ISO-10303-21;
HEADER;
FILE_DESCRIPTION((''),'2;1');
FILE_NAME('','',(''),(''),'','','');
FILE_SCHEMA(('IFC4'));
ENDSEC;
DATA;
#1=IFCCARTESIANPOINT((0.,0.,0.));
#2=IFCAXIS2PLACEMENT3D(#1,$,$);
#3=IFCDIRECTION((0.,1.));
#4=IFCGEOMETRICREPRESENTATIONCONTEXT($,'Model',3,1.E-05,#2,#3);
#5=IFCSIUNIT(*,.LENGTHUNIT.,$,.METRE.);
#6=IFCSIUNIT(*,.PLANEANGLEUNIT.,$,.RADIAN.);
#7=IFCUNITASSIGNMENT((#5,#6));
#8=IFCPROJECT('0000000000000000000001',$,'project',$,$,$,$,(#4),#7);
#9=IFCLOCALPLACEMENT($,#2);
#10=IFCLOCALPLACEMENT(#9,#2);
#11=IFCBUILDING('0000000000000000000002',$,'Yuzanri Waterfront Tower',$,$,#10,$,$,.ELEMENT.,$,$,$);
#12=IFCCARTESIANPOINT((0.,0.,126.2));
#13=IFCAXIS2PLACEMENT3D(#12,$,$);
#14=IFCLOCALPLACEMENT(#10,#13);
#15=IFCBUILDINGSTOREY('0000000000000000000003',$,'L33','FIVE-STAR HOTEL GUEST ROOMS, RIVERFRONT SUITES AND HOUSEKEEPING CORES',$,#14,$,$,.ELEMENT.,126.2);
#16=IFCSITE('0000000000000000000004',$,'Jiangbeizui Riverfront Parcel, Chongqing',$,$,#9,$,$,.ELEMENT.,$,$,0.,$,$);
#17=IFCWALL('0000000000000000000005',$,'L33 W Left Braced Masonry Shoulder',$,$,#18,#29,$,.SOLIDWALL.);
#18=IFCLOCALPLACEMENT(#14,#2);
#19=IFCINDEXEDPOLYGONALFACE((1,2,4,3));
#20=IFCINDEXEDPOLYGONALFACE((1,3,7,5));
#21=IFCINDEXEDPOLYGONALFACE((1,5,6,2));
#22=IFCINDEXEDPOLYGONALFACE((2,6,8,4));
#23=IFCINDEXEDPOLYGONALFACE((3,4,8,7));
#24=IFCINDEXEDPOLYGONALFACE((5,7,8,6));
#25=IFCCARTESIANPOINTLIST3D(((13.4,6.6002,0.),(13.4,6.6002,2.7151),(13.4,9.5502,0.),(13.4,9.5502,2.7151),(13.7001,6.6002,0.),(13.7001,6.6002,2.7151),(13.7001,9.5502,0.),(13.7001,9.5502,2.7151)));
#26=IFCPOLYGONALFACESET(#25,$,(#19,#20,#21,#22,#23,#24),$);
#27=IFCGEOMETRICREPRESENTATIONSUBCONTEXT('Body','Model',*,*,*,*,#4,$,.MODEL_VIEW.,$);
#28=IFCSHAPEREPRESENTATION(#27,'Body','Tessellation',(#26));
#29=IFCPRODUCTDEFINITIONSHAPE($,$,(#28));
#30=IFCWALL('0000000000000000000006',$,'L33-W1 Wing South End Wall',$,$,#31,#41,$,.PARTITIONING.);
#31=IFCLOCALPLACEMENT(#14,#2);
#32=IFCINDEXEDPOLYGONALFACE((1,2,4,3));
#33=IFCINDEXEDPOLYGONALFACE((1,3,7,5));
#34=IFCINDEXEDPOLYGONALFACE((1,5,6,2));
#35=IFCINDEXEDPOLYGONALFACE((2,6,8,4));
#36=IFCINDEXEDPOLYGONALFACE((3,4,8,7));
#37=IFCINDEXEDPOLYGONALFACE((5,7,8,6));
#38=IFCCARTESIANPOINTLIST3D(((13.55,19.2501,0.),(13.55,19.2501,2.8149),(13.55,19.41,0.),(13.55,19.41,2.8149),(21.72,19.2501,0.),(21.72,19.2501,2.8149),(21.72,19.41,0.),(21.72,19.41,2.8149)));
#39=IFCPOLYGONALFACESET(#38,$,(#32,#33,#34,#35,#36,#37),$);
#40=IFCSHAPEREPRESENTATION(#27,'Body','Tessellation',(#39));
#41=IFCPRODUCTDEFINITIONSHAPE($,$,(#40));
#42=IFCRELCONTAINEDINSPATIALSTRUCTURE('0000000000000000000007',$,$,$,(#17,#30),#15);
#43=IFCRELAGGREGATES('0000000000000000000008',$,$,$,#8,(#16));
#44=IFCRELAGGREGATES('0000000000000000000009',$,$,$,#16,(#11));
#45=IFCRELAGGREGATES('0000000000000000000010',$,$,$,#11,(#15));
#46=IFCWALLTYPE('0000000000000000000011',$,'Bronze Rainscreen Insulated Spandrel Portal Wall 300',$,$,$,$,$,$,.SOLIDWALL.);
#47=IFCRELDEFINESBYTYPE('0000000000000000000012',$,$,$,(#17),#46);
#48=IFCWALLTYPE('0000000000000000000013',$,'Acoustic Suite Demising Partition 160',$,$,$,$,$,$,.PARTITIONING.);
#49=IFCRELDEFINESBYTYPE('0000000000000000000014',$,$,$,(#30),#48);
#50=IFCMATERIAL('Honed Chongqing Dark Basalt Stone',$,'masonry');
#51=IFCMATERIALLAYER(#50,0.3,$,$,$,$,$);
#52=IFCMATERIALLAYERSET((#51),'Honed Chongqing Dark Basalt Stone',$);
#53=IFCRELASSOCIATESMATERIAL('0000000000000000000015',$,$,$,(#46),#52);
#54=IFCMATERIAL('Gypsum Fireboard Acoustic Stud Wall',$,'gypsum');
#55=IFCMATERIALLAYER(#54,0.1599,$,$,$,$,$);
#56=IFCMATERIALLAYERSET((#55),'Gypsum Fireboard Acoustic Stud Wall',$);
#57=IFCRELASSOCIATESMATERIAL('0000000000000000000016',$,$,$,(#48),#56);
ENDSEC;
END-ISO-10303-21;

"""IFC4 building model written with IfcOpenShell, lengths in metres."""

from ifc_helpers import new_model, si_unit, direction, frame, frame_2d, origin, place, context, subcontext, project, spatial, rectangle, extrude, source, transform, mapped, material, layer, layer_set, type_object, element, save


model = new_model("IFC4")

# Units and contexts
model_context = context("Model", 3, precision=1e-05, world=origin(), true_north=direction((0.0, 1.0)))
body_context = subcontext(model_context, "Body", "Model", "MODEL_VIEW")
ifc_project = project(units=[si_unit("LENGTHUNIT", "METRE"), si_unit("PLANEANGLEUNIT", "RADIAN")], contexts=[model_context])

# Site, building, storey
site_placement = place(None, origin())
site = spatial("IfcSite", under=ifc_project, at=site_placement, Name="Jiangbeizui Riverfront Parcel, Chongqing", CompositionType="ELEMENT", RefElevation=0.0)
building_placement = place(site_placement, origin())
building = spatial("IfcBuilding", under=site, at=building_placement, Name="Yuzanri Waterfront Tower", CompositionType="ELEMENT")
storey_placement = place(building_placement, frame((0.0, 0.0, 126.2)))
storey = spatial("IfcBuildingStorey", under=building, at=storey_placement, Name="L33", Description="FIVE-STAR HOTEL GUEST ROOMS, RIVERFRONT SUITES AND HOUSEKEEPING CORES", CompositionType="ELEMENT", Elevation=126.2)

# Walls
ifc_material_1 = material(Name="Honed Chongqing Dark Basalt Stone", Category="masonry")
ifc_layer_1 = layer(ifc_material_1, 0.3)
ifc_layer_set_1 = layer_set([ifc_layer_1], Name="Honed Chongqing Dark Basalt Stone")
wall_type_1 = type_object("IfcWallType", Name="Bronze Rainscreen Insulated Spandrel Portal Wall 300", PredefinedType="SOLIDWALL", material=ifc_layer_set_1)
shared_shape_1 = source(origin(), body_context, "Body", "SweptSolid", [
    extrude(rectangle(XDim=2.95, YDim=0.3, at=frame_2d((1.4751, 0.0))), origin(), (0.0, 0.0, 1.0), 2.7151),
])
wall_1_placement = place(storey_placement, frame((13.55, 6.6001, 0.0), z_axis=(0.0, 0.0, 1.0), x_axis=(0.0, 1.0, 0.0)))
element("IfcWall", 1, at=wall_1_placement, inside=storey, type_object=wall_type_1, Name="L33 W Left Braced Masonry Shoulder", PredefinedType="SOLIDWALL", context=body_context, shape_type="MappedRepresentation", body=[
    mapped(shared_shape_1, transform((0.0, 0.0, 0.0), scale=1.0)),
])
ifc_material_2 = material(Name="Gypsum Fireboard Acoustic Stud Wall", Category="gypsum")
ifc_layer_2 = layer(ifc_material_2, 0.1599)
ifc_layer_set_2 = layer_set([ifc_layer_2], Name="Gypsum Fireboard Acoustic Stud Wall")
wall_type_2 = type_object("IfcWallType", Name="Acoustic Suite Demising Partition 160", PredefinedType="PARTITIONING", material=ifc_layer_set_2)
shared_shape_2 = source(origin(), body_context, "Body", "SweptSolid", [
    extrude(rectangle(XDim=8.1699, YDim=0.1599, at=frame_2d((4.085, 0.0))), origin(), (0.0, 0.0, 1.0), 2.8149),
])
wall_2_placement = place(storey_placement, frame((13.55, 19.3301, 0.0), z_axis=(0.0, 0.0, 1.0), x_axis=(1.0, 0.0, 0.0)))
element("IfcWall", 2, at=wall_2_placement, inside=storey, type_object=wall_type_2, Name="L33-W1 Wing South End Wall", PredefinedType="PARTITIONING", context=body_context, shape_type="MappedRepresentation", body=[
    mapped(shared_shape_2, transform((0.0, 0.0, 0.0), scale=1.0)),
])

save(model, "model.ifc")
